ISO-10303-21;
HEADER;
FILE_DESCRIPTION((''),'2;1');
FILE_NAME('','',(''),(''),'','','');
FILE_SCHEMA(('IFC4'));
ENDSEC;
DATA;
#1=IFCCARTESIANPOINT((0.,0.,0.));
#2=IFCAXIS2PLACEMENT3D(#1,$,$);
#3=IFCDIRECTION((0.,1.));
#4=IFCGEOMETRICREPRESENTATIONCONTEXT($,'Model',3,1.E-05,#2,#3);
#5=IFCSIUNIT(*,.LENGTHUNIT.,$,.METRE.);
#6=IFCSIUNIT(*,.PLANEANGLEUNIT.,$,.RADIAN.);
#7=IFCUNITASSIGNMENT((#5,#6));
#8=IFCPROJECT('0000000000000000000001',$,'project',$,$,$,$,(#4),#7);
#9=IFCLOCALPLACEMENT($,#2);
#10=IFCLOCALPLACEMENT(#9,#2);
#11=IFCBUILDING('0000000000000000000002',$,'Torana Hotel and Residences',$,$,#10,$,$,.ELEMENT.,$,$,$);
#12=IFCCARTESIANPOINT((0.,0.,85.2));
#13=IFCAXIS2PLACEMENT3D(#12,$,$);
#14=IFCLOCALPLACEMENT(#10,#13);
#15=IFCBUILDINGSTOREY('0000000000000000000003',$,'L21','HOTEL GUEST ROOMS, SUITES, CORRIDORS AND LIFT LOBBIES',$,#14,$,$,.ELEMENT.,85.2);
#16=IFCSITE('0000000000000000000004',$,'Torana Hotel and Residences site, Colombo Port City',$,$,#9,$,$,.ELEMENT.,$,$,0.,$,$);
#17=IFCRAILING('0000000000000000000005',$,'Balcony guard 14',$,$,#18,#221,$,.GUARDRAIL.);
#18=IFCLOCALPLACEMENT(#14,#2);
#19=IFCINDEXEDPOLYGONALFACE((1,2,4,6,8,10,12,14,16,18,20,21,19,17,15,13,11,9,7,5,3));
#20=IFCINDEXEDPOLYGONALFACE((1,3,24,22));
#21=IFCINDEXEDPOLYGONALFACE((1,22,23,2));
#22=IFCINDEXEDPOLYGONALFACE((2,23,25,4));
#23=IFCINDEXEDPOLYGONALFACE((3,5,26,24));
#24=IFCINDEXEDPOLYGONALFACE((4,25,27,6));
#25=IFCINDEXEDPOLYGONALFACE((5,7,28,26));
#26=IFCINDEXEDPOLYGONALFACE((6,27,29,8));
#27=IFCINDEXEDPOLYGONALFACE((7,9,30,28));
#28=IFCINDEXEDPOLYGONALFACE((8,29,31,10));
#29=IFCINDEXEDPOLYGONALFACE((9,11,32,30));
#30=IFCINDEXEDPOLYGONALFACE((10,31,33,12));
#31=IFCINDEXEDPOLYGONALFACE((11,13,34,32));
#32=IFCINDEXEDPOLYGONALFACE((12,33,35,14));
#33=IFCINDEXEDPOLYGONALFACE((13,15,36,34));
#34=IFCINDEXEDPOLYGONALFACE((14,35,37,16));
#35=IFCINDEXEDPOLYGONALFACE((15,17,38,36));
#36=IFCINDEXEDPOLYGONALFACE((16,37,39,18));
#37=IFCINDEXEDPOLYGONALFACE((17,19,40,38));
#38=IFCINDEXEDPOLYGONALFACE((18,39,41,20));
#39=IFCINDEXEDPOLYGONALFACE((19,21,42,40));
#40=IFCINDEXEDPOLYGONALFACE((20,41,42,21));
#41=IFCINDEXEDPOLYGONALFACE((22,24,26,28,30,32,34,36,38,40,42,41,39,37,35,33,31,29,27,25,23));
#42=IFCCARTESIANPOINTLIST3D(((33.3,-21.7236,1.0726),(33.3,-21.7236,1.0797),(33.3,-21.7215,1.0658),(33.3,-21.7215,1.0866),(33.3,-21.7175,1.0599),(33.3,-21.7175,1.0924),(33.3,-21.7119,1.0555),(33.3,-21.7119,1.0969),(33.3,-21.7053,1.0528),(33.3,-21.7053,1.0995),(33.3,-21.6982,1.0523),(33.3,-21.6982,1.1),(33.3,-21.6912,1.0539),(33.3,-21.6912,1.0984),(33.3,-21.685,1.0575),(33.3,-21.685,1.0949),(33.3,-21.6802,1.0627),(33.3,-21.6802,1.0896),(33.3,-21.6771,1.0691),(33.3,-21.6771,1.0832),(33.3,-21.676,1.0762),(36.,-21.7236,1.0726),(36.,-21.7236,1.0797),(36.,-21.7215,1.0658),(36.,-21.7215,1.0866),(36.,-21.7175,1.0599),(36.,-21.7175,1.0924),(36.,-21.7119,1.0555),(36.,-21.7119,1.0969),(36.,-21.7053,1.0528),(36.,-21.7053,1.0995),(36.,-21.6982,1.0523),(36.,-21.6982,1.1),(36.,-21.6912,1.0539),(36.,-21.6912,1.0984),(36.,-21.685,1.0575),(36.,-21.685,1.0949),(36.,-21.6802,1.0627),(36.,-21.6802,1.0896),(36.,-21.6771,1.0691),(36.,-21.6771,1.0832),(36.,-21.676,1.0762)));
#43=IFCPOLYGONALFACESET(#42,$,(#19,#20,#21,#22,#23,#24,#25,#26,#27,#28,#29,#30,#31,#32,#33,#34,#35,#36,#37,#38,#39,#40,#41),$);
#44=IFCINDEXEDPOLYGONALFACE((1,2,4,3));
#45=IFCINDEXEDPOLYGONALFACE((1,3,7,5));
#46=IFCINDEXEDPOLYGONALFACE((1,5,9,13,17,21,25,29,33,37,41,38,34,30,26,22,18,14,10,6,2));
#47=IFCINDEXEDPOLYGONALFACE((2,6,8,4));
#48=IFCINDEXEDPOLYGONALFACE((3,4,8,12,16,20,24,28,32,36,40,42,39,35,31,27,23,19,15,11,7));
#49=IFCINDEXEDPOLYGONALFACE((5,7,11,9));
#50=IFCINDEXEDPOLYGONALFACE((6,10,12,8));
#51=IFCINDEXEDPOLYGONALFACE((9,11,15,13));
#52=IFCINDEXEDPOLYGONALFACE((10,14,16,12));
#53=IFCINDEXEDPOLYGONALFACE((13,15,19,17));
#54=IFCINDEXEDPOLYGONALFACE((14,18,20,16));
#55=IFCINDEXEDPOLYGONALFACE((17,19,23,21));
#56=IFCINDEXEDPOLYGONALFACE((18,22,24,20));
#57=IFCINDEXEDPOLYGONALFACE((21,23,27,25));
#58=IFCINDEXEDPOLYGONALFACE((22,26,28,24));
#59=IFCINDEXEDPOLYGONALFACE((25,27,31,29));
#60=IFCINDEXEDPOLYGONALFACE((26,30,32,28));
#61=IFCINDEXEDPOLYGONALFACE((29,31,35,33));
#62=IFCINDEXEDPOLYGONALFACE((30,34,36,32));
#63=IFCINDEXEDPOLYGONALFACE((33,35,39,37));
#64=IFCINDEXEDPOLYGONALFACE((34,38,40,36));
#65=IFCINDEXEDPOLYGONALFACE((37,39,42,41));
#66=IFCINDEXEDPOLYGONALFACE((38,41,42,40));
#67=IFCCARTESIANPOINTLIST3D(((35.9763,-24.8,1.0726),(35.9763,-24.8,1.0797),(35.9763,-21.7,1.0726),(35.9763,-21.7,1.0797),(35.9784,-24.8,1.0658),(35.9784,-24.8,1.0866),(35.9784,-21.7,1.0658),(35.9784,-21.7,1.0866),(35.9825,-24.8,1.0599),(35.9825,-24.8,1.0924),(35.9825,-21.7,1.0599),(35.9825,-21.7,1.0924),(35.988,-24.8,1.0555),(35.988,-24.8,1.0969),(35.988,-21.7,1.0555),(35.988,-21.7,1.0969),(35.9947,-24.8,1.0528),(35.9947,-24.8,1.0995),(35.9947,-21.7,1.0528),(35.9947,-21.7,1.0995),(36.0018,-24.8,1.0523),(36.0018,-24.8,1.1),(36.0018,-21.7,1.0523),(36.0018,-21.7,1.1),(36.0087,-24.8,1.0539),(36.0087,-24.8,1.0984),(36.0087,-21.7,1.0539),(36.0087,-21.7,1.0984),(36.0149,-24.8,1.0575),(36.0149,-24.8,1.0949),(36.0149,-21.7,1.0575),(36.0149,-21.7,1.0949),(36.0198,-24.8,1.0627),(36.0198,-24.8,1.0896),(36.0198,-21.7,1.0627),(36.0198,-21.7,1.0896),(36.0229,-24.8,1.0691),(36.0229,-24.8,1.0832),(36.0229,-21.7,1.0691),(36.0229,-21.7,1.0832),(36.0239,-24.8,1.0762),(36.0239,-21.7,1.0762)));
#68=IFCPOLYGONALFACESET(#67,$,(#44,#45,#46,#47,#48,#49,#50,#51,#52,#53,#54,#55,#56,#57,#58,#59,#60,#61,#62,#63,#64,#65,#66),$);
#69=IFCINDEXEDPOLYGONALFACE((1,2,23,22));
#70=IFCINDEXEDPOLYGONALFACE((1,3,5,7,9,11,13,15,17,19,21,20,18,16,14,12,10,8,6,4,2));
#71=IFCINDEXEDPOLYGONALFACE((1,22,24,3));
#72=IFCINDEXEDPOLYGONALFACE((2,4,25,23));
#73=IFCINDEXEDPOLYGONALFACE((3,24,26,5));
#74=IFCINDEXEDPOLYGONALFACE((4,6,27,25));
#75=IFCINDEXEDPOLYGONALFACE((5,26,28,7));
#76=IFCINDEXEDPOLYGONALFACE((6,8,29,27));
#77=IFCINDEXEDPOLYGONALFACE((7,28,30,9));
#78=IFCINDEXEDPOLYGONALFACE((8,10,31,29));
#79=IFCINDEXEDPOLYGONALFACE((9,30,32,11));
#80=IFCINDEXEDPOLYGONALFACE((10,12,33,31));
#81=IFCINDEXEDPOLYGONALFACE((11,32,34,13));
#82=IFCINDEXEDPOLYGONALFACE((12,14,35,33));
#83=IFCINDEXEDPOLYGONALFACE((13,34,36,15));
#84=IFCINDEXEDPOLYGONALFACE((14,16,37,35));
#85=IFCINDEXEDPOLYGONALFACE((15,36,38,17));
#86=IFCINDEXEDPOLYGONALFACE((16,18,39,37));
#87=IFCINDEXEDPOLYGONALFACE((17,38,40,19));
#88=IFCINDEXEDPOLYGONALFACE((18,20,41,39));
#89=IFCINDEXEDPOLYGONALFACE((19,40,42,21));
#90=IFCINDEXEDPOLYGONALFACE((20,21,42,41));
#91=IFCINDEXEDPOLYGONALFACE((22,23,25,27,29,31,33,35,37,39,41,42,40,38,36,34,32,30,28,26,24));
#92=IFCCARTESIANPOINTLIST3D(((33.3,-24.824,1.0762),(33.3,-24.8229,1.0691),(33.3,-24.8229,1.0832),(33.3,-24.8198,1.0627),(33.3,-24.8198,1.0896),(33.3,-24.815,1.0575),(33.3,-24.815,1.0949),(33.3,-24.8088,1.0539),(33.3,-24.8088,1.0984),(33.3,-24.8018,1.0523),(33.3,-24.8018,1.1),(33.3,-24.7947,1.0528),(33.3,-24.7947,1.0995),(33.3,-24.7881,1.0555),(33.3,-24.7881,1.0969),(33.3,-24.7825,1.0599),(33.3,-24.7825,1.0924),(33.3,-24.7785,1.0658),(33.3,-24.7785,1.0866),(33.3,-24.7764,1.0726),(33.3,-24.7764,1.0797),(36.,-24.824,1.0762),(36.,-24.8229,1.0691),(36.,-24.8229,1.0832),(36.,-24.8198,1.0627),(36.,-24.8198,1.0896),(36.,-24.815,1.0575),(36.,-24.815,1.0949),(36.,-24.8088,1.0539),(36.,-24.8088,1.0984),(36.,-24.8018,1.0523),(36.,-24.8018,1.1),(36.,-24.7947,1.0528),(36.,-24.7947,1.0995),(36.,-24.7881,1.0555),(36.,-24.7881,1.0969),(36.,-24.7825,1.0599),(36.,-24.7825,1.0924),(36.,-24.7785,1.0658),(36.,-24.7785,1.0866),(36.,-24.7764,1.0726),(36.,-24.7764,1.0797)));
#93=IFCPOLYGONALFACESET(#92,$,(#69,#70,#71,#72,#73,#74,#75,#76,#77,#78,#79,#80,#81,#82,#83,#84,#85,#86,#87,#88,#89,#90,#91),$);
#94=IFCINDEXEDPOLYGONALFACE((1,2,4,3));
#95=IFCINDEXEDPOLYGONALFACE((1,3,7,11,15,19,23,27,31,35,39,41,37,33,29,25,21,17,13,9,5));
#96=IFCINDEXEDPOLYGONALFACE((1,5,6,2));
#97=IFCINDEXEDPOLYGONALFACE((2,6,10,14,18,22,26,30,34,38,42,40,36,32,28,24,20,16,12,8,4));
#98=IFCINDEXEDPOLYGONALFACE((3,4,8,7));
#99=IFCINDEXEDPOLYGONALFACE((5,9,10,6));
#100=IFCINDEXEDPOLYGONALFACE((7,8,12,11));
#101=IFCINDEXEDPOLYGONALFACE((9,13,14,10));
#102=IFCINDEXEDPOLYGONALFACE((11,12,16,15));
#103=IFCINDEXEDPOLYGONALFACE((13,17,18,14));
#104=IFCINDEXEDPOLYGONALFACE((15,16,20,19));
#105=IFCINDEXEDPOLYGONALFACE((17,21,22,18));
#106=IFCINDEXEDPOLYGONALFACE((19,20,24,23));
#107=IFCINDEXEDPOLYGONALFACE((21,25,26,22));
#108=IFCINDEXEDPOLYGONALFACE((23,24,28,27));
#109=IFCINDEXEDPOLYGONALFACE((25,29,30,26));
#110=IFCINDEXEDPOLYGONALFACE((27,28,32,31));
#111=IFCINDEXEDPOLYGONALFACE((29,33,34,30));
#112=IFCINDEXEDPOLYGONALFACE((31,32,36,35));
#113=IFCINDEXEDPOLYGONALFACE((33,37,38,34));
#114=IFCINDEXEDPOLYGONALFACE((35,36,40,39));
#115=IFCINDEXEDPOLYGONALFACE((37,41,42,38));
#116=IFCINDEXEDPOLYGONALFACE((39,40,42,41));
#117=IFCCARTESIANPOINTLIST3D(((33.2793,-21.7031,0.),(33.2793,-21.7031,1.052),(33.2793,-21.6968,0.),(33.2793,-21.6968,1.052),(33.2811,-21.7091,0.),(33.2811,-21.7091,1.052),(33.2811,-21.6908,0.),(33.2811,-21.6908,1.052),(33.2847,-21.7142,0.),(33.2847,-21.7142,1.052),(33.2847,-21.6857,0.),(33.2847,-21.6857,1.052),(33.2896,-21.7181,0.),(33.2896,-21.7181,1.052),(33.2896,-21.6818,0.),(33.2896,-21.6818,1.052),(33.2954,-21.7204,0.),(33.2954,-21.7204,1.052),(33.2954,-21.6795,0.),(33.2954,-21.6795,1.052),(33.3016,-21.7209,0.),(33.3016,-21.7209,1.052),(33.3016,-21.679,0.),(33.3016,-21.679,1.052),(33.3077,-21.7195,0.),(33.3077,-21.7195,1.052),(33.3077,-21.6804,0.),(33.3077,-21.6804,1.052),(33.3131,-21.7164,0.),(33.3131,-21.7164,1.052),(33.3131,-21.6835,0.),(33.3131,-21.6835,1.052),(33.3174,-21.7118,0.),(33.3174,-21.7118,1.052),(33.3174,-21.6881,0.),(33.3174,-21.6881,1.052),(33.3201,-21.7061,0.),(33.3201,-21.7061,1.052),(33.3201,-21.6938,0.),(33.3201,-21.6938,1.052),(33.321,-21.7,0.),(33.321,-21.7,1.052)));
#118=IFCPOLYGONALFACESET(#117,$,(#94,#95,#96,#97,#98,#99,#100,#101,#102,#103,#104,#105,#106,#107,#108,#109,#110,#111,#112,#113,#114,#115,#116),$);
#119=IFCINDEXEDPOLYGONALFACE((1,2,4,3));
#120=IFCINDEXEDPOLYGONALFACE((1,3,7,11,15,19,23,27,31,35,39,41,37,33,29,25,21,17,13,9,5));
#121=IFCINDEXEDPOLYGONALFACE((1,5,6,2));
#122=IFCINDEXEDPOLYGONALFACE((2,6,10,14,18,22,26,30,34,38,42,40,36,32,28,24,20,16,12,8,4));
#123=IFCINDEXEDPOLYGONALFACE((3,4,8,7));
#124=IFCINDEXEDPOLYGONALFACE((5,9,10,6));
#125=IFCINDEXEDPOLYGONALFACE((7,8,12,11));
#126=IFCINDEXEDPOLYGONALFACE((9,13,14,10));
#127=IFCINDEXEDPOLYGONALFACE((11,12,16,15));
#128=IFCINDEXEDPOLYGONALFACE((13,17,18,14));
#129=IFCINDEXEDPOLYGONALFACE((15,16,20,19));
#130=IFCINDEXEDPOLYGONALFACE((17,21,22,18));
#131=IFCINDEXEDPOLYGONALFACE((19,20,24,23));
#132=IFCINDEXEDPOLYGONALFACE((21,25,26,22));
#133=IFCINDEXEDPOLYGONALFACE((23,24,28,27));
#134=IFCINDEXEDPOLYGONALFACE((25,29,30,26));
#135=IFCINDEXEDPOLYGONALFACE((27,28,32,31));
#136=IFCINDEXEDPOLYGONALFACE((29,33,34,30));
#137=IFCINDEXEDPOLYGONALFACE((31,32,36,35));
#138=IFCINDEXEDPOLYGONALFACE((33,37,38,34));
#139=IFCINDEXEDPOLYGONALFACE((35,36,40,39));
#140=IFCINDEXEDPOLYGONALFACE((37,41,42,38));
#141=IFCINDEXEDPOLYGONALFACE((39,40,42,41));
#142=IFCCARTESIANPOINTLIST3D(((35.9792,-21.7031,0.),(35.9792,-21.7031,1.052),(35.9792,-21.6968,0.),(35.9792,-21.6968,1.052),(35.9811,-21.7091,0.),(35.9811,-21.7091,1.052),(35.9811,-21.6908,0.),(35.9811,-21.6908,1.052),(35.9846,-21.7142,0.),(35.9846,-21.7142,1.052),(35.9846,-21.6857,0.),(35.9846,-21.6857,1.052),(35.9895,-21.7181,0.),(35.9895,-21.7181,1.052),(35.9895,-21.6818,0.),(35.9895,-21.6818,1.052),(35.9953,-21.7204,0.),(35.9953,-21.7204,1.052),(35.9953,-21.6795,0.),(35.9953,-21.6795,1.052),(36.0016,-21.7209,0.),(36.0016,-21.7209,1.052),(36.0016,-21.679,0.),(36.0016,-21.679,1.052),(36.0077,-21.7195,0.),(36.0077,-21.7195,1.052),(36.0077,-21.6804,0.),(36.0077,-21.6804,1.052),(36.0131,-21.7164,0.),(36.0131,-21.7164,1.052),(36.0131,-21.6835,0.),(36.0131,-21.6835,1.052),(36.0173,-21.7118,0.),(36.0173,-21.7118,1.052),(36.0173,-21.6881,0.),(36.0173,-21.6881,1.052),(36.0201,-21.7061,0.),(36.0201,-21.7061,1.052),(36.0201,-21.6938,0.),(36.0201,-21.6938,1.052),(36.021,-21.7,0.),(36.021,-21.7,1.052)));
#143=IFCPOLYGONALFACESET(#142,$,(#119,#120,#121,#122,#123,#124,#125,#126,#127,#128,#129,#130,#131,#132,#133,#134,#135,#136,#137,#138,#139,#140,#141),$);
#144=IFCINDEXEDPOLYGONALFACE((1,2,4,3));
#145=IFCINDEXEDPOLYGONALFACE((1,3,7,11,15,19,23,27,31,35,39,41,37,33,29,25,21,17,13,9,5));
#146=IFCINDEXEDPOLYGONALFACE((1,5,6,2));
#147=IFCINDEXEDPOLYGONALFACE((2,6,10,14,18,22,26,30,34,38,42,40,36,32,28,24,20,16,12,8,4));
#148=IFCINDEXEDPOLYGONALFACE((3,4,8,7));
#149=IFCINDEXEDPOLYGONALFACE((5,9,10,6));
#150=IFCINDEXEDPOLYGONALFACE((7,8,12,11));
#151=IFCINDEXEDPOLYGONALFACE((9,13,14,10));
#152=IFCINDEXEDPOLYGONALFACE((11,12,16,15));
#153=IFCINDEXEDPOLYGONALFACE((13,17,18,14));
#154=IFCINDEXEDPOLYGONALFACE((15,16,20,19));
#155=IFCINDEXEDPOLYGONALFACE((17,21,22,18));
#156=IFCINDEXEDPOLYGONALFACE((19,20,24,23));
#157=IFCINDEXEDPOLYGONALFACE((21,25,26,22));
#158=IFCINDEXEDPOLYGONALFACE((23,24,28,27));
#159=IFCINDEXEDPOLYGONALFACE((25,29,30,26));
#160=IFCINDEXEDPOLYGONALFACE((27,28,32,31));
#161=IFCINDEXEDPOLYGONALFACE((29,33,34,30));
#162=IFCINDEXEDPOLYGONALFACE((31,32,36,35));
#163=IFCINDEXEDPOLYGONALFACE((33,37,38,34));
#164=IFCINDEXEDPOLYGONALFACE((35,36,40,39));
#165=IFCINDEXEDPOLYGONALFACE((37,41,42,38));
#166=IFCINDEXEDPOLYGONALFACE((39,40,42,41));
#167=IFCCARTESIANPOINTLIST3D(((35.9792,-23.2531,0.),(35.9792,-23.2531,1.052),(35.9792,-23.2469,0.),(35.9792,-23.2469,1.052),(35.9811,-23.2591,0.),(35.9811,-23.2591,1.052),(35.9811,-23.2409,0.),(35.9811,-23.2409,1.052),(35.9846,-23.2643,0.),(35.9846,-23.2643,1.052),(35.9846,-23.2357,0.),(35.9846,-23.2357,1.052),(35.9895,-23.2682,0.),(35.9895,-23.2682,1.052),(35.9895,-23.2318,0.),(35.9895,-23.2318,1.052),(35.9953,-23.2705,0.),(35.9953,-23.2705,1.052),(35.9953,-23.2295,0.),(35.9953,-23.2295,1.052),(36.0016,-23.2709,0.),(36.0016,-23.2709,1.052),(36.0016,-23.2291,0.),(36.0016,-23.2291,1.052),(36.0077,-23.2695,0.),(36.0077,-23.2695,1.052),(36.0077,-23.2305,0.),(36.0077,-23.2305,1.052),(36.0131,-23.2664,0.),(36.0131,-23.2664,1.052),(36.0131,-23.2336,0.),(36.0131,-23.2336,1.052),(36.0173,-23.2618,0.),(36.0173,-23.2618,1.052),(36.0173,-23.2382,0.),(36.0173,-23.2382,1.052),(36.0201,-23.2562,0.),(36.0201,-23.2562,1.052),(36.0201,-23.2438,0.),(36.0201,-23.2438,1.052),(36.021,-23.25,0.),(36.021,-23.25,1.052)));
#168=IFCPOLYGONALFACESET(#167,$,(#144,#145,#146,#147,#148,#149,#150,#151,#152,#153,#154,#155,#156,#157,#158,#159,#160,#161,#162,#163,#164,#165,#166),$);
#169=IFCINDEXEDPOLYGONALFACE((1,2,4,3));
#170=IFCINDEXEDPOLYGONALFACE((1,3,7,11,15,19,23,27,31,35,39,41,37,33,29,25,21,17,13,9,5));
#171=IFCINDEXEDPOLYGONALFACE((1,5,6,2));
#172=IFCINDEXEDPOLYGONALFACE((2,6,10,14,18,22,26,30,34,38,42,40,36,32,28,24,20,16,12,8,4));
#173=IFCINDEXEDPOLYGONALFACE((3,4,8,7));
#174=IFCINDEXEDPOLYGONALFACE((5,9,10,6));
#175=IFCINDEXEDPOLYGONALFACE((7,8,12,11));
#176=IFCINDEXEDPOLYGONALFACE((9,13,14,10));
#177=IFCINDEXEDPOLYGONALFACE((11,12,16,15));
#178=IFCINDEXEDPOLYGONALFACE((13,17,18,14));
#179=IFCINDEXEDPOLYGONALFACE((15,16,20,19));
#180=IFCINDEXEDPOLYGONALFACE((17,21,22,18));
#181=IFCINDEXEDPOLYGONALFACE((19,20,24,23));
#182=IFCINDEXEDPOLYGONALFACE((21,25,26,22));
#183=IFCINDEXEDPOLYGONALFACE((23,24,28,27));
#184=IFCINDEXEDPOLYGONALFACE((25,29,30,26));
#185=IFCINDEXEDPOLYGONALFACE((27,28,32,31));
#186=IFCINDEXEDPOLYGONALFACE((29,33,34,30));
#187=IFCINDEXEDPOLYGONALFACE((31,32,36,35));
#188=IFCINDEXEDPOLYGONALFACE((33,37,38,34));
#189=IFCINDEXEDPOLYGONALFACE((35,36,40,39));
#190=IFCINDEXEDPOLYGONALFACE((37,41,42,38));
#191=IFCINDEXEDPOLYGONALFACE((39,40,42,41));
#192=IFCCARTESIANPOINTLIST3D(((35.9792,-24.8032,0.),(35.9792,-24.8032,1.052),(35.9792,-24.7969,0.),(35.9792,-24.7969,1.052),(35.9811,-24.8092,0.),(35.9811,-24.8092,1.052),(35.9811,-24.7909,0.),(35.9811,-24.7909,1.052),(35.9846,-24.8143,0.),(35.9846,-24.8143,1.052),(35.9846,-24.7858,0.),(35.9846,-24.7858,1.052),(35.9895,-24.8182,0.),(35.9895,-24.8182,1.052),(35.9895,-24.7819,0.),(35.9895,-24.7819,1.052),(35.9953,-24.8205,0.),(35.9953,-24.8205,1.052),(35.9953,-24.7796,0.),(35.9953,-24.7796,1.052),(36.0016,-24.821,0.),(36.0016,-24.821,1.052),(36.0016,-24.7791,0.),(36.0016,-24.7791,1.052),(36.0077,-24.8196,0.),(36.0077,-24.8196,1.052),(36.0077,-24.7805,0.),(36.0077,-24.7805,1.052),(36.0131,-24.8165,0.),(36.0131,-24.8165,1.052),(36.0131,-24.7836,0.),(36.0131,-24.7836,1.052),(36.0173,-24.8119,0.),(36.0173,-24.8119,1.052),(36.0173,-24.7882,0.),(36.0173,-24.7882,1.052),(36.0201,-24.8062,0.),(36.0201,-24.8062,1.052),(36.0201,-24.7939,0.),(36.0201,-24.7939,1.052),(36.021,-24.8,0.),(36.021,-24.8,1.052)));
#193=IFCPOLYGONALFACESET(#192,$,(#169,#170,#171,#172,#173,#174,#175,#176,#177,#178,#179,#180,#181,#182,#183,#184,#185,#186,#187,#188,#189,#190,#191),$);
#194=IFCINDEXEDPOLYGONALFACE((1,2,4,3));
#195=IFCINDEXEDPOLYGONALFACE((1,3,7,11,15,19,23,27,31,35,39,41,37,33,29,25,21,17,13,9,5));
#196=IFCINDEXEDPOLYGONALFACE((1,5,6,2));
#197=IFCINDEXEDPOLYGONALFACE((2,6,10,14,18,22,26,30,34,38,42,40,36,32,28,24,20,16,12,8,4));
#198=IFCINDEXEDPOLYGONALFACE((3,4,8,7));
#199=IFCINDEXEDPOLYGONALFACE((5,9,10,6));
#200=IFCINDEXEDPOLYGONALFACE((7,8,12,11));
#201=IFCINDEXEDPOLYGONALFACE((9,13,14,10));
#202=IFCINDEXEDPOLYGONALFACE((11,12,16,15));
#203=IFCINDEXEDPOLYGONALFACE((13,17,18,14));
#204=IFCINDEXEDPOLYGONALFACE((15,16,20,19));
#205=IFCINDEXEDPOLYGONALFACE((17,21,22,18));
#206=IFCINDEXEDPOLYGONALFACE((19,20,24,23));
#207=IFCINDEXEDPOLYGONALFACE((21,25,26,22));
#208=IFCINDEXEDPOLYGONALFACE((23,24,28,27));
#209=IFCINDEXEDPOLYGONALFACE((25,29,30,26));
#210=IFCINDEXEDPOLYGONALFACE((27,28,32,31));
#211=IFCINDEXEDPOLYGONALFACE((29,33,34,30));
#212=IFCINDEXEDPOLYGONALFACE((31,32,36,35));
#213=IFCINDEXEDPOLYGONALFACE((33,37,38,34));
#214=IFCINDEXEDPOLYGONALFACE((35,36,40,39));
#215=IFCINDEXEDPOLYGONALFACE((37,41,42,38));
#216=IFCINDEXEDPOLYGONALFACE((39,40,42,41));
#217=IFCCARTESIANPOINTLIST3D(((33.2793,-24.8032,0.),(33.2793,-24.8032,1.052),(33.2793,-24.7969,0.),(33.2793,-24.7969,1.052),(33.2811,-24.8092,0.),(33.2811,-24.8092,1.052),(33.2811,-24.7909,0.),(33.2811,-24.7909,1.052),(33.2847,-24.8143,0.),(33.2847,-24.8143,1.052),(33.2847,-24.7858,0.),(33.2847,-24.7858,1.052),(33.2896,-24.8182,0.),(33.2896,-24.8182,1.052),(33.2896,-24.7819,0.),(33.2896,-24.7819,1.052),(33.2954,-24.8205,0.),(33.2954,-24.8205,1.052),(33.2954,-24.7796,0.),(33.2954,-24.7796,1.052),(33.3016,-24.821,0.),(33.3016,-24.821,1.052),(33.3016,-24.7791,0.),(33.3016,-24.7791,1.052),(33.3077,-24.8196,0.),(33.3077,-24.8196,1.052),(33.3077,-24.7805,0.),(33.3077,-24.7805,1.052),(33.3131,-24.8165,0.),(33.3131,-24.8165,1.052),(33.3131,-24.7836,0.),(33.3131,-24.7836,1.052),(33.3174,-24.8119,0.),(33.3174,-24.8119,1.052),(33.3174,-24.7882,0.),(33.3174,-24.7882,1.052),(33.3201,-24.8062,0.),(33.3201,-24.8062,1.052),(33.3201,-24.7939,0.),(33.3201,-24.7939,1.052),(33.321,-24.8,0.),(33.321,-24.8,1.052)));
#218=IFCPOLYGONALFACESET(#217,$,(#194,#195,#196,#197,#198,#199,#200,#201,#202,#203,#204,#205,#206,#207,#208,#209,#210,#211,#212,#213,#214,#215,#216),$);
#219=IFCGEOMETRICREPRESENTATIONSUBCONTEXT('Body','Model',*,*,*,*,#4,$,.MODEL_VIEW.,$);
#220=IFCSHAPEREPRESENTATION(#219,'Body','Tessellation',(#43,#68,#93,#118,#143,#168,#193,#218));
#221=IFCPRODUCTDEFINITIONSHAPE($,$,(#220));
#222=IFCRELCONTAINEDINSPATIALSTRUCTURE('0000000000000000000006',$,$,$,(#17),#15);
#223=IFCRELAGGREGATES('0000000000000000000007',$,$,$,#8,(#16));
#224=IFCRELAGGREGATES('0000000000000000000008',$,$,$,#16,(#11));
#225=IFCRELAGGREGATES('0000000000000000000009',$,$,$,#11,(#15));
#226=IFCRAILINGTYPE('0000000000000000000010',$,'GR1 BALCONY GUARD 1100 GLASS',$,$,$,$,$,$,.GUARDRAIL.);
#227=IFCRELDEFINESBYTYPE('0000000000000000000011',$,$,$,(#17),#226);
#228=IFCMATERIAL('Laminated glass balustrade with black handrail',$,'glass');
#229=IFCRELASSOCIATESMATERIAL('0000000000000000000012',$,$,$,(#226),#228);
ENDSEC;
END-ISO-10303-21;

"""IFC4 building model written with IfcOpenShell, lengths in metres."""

from ifc_helpers import new_model, si_unit, direction, frame, origin, origin_2d, place, context, subcontext, project, spatial, circle, extrude, material, type_object, element, save


model = new_model("IFC4")

# Units and contexts
model_context = context("Model", 3, precision=1e-05, world=origin(), true_north=direction((0.0, 1.0)))
body_context = subcontext(model_context, "Body", "Model", "MODEL_VIEW")
ifc_project = project(units=[si_unit("LENGTHUNIT", "METRE"), si_unit("PLANEANGLEUNIT", "RADIAN")], contexts=[model_context])

# Site, building, storey
site_placement = place(None, origin())
site = spatial("IfcSite", under=ifc_project, at=site_placement, Name="Torana Hotel and Residences site, Colombo Port City", CompositionType="ELEMENT", RefElevation=0.0)
building_placement = place(site_placement, origin())
building = spatial("IfcBuilding", under=site, at=building_placement, Name="Torana Hotel and Residences", CompositionType="ELEMENT")
storey_placement = place(building_placement, frame((0.0, 0.0, 85.2)))
storey = spatial("IfcBuildingStorey", under=building, at=storey_placement, Name="L21", Description="HOTEL GUEST ROOMS, SUITES, CORRIDORS AND LIFT LOBBIES", CompositionType="ELEMENT", Elevation=85.2)

# Railing
ifc_material_1 = material(Name="Laminated glass balustrade with black handrail", Category="glass")
railing_type = type_object("IfcRailingType", Name="GR1 BALCONY GUARD 1100 GLASS", PredefinedType="GUARDRAIL", material=ifc_material_1)
railing_1_placement = place(storey_placement, frame((33.3, -21.7, 0.0)))
element("IfcRailing", 1, at=railing_1_placement, inside=storey, type_object=railing_type, Name="Balcony guard 14", PredefinedType="GUARDRAIL", context=body_context, shape_type="SweptSolid", body=[
    extrude(circle(Radius=0.0239, at=origin_2d()), frame((0.0, 0.0, 1.0762), z_axis=(1.0, 0.0, 0.0), x_axis=(0.0, 1.0, 0.0)), (0.0, 0.0, 1.0), 2.7),
    extrude(circle(Radius=0.0239, at=origin_2d()), frame((2.7, 0.0, 1.0762), z_axis=(0.0, -1.0, 0.0), x_axis=(1.0, 0.0, 0.0)), (0.0, 0.0, 1.0), 3.1001),
    extrude(circle(Radius=0.0239, at=origin_2d()), frame((2.7, -3.1001, 1.0762), z_axis=(-1.0, 0.0, 0.0), x_axis=(0.0, -1.0, 0.0)), (0.0, 0.0, 1.0), 2.7),
    extrude(circle(Radius=0.021, at=origin_2d()), origin(), (0.0, 0.0, 1.0), 1.052),
    extrude(circle(Radius=0.021, at=origin_2d()), frame((2.7, 0.0, 0.0)), (0.0, 0.0, 1.0), 1.052),
    extrude(circle(Radius=0.021, at=origin_2d()), frame((2.7, -1.55, 0.0)), (0.0, 0.0, 1.0), 1.052),
    extrude(circle(Radius=0.021, at=origin_2d()), frame((2.7, -3.1001, 0.0)), (0.0, 0.0, 1.0), 1.052),
    extrude(circle(Radius=0.021, at=origin_2d()), frame((0.0, -3.1001, 0.0)), (0.0, 0.0, 1.0), 1.052),
])

save(model, "model.ifc")
